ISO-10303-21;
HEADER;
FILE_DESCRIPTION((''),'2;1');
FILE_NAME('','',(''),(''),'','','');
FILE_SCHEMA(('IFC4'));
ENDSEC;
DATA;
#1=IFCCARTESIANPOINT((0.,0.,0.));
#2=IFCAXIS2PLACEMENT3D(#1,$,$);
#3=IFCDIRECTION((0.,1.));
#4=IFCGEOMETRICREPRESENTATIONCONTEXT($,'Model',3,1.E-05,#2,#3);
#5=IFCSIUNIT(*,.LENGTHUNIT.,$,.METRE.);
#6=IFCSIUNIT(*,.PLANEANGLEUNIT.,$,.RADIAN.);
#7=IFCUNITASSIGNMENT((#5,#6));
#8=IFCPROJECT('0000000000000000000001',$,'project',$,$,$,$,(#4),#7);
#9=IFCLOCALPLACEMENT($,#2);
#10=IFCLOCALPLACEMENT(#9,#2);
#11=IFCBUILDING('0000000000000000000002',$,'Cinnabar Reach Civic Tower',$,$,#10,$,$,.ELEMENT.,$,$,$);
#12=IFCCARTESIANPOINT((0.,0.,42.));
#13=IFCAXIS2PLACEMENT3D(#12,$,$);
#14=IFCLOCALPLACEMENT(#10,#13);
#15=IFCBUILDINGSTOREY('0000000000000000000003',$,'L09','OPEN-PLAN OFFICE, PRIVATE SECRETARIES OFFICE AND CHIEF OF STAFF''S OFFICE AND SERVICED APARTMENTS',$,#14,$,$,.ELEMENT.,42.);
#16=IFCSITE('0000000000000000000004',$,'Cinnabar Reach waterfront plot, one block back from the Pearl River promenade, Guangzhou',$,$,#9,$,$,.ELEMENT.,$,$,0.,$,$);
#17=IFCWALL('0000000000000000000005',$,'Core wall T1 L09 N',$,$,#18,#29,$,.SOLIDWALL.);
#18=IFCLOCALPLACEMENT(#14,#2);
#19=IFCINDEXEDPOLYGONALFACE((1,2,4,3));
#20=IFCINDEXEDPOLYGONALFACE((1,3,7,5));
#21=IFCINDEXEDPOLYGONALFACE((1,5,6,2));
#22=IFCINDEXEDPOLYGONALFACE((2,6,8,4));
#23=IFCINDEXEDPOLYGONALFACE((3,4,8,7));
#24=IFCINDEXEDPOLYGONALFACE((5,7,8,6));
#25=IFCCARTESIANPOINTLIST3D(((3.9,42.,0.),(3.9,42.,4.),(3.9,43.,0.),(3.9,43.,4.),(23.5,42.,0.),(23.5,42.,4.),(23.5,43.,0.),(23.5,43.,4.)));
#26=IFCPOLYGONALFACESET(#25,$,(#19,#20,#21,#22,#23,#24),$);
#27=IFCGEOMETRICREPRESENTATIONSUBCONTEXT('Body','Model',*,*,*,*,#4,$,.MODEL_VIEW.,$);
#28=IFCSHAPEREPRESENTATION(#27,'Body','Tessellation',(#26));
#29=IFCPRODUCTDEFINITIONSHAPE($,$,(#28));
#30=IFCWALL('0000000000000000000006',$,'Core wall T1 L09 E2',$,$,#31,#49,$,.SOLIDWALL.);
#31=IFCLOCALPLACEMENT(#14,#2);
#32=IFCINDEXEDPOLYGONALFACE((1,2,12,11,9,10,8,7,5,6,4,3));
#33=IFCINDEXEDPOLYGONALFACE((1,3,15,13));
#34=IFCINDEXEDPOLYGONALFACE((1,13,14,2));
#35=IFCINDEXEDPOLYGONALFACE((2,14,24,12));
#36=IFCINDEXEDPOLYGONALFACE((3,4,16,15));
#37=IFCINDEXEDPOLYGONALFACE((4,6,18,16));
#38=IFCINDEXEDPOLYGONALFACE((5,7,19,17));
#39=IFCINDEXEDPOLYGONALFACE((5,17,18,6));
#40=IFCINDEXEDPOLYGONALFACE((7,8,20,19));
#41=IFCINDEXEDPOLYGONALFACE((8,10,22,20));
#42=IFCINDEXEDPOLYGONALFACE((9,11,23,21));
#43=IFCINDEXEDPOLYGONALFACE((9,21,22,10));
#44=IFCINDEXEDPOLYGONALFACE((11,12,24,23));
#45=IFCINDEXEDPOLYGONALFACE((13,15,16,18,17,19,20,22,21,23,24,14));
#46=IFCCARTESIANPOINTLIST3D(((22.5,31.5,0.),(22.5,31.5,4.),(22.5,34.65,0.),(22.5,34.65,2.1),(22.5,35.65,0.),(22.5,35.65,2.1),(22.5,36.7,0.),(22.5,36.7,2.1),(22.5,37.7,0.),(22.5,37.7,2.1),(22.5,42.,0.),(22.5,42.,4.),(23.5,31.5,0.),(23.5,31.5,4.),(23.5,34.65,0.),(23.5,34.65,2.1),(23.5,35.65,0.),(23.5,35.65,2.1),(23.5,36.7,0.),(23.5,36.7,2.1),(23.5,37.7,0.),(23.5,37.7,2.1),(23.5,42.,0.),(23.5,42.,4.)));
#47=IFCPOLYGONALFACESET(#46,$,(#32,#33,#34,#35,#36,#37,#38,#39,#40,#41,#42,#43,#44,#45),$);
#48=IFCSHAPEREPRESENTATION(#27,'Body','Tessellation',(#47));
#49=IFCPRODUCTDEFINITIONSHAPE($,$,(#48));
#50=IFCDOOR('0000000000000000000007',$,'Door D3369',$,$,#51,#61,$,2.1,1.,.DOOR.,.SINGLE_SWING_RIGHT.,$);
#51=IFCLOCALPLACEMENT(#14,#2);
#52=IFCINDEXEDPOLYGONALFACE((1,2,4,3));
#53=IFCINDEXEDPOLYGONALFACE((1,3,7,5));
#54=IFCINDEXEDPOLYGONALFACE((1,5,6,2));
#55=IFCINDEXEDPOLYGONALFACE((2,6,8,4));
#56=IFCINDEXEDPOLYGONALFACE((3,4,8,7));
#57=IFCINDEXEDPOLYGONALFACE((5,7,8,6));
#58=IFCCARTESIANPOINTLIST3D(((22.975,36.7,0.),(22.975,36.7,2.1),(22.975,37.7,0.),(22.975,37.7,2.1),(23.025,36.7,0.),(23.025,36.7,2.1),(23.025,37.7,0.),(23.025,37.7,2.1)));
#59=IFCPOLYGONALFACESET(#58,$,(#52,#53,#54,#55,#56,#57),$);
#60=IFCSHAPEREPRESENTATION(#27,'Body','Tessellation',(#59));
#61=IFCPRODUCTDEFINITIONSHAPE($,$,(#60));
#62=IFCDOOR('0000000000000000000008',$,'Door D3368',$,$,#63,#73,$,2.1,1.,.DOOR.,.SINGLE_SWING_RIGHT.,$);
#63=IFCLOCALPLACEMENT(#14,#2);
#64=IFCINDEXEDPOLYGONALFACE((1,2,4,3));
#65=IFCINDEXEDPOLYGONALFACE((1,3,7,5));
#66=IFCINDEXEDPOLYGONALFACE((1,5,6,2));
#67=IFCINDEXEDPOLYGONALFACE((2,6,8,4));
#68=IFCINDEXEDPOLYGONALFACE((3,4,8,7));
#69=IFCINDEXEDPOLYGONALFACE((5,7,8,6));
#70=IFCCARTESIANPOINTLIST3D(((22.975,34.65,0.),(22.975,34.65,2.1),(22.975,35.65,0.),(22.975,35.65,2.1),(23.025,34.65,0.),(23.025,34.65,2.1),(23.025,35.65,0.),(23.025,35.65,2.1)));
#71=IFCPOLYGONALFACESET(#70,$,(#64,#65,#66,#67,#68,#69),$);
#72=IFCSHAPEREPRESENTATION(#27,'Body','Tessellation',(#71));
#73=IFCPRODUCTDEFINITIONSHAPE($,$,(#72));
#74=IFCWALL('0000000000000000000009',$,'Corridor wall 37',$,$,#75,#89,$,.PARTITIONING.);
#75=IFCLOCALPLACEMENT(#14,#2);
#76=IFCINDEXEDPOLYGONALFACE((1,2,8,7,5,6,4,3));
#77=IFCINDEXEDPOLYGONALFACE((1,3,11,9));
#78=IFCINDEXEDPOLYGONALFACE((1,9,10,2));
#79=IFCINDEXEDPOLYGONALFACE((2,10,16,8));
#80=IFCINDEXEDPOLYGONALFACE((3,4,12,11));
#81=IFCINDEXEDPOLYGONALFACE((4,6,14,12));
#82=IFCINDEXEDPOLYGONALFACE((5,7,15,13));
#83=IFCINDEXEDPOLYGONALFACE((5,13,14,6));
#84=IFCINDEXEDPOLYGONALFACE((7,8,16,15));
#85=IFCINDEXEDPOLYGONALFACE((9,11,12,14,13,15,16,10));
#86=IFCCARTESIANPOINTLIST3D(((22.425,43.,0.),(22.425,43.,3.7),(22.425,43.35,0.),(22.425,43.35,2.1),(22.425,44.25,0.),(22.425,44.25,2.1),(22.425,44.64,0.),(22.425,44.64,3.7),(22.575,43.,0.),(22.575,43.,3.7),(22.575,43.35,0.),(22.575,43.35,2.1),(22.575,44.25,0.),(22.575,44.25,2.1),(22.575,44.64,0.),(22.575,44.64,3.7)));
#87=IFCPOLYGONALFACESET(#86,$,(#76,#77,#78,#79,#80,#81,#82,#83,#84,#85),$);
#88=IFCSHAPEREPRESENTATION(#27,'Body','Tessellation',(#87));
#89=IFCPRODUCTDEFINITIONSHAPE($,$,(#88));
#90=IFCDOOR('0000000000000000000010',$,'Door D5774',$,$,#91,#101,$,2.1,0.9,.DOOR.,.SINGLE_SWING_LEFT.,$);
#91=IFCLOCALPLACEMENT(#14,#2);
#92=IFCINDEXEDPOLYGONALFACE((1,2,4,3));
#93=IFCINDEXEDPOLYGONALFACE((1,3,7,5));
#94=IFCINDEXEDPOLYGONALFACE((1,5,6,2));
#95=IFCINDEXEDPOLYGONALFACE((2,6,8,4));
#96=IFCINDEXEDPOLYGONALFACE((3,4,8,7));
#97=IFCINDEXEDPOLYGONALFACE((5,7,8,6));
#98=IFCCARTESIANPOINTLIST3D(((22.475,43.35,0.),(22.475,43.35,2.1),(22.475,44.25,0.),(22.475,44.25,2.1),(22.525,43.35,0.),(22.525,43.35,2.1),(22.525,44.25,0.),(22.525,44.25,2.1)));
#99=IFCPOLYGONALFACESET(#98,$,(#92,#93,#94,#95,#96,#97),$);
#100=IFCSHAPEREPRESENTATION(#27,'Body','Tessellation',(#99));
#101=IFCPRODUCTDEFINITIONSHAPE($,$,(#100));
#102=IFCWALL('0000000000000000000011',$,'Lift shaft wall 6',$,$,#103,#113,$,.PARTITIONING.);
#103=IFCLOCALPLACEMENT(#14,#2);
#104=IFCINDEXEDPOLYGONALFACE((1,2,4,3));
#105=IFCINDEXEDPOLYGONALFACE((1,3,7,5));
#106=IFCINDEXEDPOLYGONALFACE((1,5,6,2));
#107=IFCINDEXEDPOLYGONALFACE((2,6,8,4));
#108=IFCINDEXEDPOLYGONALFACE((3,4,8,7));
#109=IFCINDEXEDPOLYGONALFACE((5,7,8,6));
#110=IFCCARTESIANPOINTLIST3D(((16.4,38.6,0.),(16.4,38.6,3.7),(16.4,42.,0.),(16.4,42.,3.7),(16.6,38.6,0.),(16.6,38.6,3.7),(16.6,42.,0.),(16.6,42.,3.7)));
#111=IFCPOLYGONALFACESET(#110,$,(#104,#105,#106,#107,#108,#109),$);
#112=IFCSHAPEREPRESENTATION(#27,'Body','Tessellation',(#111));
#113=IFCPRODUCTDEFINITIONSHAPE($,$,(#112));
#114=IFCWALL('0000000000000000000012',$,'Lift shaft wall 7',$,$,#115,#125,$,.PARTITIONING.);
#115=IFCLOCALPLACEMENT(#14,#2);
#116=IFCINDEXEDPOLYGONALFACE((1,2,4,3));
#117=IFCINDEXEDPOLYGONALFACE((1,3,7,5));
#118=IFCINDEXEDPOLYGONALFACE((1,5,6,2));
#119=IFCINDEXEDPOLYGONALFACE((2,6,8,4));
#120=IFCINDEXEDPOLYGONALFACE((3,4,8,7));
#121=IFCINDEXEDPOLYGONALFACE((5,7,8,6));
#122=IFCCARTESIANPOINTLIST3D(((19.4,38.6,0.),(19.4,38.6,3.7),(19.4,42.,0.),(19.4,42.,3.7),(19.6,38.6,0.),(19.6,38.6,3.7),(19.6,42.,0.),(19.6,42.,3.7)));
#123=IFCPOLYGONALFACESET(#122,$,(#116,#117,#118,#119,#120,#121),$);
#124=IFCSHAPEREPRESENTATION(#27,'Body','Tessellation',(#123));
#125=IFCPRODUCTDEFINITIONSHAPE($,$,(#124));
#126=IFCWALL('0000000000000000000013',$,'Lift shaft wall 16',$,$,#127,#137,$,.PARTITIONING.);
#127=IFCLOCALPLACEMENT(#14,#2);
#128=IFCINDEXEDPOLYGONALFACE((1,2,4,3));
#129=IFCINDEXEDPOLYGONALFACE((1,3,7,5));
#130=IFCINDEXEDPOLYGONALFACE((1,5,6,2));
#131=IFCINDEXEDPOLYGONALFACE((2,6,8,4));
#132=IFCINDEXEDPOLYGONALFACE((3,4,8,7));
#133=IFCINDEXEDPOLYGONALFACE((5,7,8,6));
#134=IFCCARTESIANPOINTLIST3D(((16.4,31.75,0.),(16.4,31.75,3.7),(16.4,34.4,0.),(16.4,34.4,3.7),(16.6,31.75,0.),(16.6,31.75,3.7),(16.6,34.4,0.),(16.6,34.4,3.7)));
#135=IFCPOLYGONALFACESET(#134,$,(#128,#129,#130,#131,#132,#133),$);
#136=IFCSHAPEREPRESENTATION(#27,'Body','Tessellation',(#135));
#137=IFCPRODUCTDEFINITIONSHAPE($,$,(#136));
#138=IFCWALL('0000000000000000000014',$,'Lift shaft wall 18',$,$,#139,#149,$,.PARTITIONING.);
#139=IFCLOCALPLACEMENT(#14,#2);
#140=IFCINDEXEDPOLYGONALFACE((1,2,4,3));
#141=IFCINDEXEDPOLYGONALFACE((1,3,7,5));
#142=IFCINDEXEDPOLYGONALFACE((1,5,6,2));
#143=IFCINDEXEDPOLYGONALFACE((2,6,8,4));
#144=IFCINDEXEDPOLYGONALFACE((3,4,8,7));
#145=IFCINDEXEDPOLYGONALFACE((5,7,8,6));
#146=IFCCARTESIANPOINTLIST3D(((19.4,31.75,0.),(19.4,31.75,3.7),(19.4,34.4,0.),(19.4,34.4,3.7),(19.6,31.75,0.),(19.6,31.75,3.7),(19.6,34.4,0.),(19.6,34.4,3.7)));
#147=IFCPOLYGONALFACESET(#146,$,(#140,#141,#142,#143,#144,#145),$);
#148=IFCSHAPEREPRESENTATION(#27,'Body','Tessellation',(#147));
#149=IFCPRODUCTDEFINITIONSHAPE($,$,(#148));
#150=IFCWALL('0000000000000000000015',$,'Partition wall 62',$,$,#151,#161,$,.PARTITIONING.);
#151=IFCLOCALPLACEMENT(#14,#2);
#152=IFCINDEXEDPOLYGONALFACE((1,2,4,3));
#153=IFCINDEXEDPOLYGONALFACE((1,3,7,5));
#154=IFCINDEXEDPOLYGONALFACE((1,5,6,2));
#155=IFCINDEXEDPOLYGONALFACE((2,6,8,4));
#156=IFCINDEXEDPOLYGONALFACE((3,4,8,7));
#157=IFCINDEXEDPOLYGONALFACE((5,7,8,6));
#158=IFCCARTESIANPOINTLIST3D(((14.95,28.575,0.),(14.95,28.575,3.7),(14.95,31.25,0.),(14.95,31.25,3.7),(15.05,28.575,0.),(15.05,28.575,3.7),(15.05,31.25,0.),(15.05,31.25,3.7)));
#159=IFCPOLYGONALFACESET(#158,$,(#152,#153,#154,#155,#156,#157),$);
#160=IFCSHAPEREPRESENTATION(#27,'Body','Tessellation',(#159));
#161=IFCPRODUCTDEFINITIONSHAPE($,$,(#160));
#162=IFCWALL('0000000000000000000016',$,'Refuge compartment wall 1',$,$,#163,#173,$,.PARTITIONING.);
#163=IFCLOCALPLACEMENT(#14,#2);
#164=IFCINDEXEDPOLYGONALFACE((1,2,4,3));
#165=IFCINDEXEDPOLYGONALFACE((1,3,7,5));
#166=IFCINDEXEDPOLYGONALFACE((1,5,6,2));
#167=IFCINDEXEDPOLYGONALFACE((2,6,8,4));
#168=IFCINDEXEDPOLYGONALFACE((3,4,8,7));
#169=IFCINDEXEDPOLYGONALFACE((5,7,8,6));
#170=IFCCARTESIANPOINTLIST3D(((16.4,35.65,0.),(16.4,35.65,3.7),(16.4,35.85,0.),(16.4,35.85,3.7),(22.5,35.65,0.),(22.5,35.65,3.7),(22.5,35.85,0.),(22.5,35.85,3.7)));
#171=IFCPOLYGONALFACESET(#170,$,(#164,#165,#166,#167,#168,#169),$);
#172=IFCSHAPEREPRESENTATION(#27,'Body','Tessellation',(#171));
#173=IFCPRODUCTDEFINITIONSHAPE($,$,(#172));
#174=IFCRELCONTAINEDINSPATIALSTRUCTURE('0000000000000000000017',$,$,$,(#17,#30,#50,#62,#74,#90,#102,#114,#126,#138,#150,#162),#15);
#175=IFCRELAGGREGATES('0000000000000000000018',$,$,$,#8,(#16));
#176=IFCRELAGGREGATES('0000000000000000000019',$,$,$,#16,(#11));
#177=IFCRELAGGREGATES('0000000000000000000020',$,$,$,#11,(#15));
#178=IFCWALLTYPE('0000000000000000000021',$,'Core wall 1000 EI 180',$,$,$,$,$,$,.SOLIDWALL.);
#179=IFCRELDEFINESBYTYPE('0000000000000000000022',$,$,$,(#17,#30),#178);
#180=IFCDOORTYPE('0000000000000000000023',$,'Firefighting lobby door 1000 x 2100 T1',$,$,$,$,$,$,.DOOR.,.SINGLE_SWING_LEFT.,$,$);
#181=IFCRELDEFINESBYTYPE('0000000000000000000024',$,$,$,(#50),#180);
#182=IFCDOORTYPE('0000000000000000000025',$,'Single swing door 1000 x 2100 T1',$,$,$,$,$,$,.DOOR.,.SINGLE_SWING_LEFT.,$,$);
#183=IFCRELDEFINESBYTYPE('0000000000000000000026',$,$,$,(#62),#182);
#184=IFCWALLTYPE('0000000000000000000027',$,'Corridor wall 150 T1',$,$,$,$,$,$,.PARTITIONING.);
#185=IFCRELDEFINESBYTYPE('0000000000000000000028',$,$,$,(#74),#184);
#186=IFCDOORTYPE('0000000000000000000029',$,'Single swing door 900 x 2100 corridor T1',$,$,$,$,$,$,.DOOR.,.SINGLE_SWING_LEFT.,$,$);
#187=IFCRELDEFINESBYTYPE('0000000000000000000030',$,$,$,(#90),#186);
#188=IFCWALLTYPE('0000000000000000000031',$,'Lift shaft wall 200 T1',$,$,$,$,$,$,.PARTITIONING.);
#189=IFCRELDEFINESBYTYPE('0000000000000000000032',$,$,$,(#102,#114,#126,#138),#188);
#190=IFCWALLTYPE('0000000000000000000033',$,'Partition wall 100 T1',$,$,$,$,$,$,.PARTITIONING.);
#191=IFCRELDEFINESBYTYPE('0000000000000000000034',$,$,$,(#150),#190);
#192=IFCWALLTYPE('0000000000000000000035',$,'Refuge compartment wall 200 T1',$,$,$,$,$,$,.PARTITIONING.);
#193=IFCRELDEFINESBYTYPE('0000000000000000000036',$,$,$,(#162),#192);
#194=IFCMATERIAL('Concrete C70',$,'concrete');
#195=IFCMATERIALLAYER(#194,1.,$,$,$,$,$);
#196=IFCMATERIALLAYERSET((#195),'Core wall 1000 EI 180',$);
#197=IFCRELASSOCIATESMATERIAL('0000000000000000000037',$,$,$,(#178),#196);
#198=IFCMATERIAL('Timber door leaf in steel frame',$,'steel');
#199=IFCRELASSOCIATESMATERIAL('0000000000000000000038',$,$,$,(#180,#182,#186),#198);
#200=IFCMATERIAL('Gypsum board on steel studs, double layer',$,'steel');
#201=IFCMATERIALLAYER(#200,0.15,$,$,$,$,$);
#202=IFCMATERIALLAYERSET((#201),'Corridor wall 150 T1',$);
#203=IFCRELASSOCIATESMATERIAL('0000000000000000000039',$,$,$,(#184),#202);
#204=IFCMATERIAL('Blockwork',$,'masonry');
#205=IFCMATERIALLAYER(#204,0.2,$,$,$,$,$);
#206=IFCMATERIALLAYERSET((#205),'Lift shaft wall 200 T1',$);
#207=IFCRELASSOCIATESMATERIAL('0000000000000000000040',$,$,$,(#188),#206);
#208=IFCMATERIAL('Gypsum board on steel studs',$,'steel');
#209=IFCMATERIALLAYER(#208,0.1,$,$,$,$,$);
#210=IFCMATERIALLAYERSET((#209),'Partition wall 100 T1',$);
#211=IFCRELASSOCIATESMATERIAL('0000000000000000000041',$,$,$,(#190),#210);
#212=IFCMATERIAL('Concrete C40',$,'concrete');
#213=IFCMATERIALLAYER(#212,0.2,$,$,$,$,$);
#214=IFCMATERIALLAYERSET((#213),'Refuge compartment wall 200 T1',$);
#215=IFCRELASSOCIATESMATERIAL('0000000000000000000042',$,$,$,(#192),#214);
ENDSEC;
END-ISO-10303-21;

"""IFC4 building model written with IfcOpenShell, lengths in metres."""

from ifc_helpers import new_model, si_unit, direction, frame, frame_2d, origin, place, context, subcontext, project, spatial, rectangle, extrude, material, layer, layer_set, type_object, element, fill, save


model = new_model("IFC4")

# Units and contexts
model_context = context("Model", 3, precision=1e-05, world=origin(), true_north=direction((0.0, 1.0)))
body_context = subcontext(model_context, "Body", "Model", "MODEL_VIEW")
ifc_project = project(units=[si_unit("LENGTHUNIT", "METRE"), si_unit("PLANEANGLEUNIT", "RADIAN")], contexts=[model_context])

# Site, building, storey
site_placement = place(None, origin())
site = spatial("IfcSite", under=ifc_project, at=site_placement, Name="Cinnabar Reach waterfront plot, one block back from the Pearl River promenade, Guangzhou", CompositionType="ELEMENT", RefElevation=0.0)
building_placement = place(site_placement, origin())
building = spatial("IfcBuilding", under=site, at=building_placement, Name="Cinnabar Reach Civic Tower", CompositionType="ELEMENT")
storey_placement = place(building_placement, frame((0.0, 0.0, 42.0)))
storey = spatial("IfcBuildingStorey", under=building, at=storey_placement, Name="L09", Description="OPEN-PLAN OFFICE, PRIVATE SECRETARIES OFFICE AND CHIEF OF STAFF'S OFFICE AND SERVICED APARTMENTS", CompositionType="ELEMENT", Elevation=42.0)

# Shared definitions
ifc_material_1 = material(Name="Concrete C70", Category="concrete")

# Wall
ifc_layer_1 = layer(ifc_material_1, 1.0)
ifc_layer_set_1 = layer_set([ifc_layer_1], Name="Core wall 1000 EI 180")
wall_type_1 = type_object("IfcWallType", Name="Core wall 1000 EI 180", PredefinedType="SOLIDWALL", material=ifc_layer_set_1)
wall_1_placement = place(storey_placement, frame((23.5, 42.5, 0.0), z_axis=(0.0, 0.0, 1.0), x_axis=(-1.0, 0.0, 0.0)))
element("IfcWall", 1, at=wall_1_placement, inside=storey, type_object=wall_type_1, Name="Core wall T1 L09 N", PredefinedType="SOLIDWALL", context=body_context, shape_type="SweptSolid", body=[
    extrude(rectangle(XDim=19.6, YDim=1.0, at=frame_2d((9.8, 0.0))), origin(), (0.0, 0.0, 1.0), 4.0),
])

# Wall, openings, doors
wall_2_placement = place(storey_placement, frame((23.0, 31.5, 0.0), z_axis=(0.0, 0.0, 1.0), x_axis=(0.0, 1.0, 0.0)))
wall_2 = element("IfcWall", 2, at=wall_2_placement, inside=storey, type_object=wall_type_1, Name="Core wall T1 L09 E2", PredefinedType="SOLIDWALL", context=body_context, shape_type="SweptSolid", body=[
    extrude(rectangle(XDim=10.5, YDim=1.0, at=frame_2d((5.25, 0.0))), origin(), (0.0, 0.0, 1.0), 4.0),
])
opening_1_placement = place(wall_2_placement, frame((3.15, 0.0, 0.0)))
opening_1 = element("IfcOpeningElement", 3, at=opening_1_placement, cuts=wall_2, PredefinedType="OPENING", context=body_context, shape_type="SweptSolid", body=[
    extrude(rectangle(XDim=1.0, YDim=2.1, at=frame_2d((0.5, 1.05))), frame((0.0, 0.51, 0.0), z_axis=(0.0, -1.0, 0.0), x_axis=(1.0, 0.0, 0.0)), (0.0, 0.0, 1.0), 1.02),
])
opening_2_placement = place(wall_2_placement, frame((5.2, 0.0, 0.0)))
opening_2 = element("IfcOpeningElement", 4, at=opening_2_placement, cuts=wall_2, PredefinedType="OPENING", context=body_context, shape_type="SweptSolid", body=[
    extrude(rectangle(XDim=1.0, YDim=2.1, at=frame_2d((0.5, 1.05))), frame((0.0, 0.51, 0.0), z_axis=(0.0, -1.0, 0.0), x_axis=(1.0, 0.0, 0.0)), (0.0, 0.0, 1.0), 1.02),
])
ifc_material_2 = material(Name="Timber door leaf in steel frame", Category="steel")
door_type_1 = type_object("IfcDoorType", Name="Firefighting lobby door 1000 x 2100 T1", OperationType="SINGLE_SWING_LEFT", PredefinedType="DOOR", material=ifc_material_2)
door_1_placement = place(opening_2_placement, origin())
door_1 = element("IfcDoor", 5, at=door_1_placement, inside=storey, type_object=door_type_1, Name="Door D3369", OperationType="SINGLE_SWING_RIGHT", OverallHeight=2.1, OverallWidth=1.0, PredefinedType="DOOR", context=body_context, shape_type="SweptSolid", body=[
    extrude(rectangle(XDim=1.0, YDim=2.1, at=frame_2d((0.5, 1.05))), frame((0.0, 0.025, 0.0), z_axis=(0.0, -1.0, 0.0), x_axis=(1.0, 0.0, 0.0)), (0.0, 0.0, 1.0), 0.05),
])
fill(opening_2, door_1)
door_type_2 = type_object("IfcDoorType", Name="Single swing door 1000 x 2100 T1", OperationType="SINGLE_SWING_LEFT", PredefinedType="DOOR", material=ifc_material_2)
door_2_placement = place(opening_1_placement, origin())
door_2 = element("IfcDoor", 6, at=door_2_placement, inside=storey, type_object=door_type_2, Name="Door D3368", OperationType="SINGLE_SWING_RIGHT", OverallHeight=2.1, OverallWidth=1.0, PredefinedType="DOOR", context=body_context, shape_type="SweptSolid", body=[
    extrude(rectangle(XDim=1.0, YDim=2.1, at=frame_2d((0.5, 1.05))), frame((0.0, 0.025, 0.0), z_axis=(0.0, -1.0, 0.0), x_axis=(1.0, 0.0, 0.0)), (0.0, 0.0, 1.0), 0.05),
])
fill(opening_1, door_2)

# Wall, opening, door
ifc_material_3 = material(Name="Gypsum board on steel studs, double layer", Category="steel")
ifc_layer_2 = layer(ifc_material_3, 0.15)
ifc_layer_set_2 = layer_set([ifc_layer_2], Name="Corridor wall 150 T1")
wall_type_2 = type_object("IfcWallType", Name="Corridor wall 150 T1", PredefinedType="PARTITIONING", material=ifc_layer_set_2)
wall_3_placement = place(storey_placement, frame((22.5, 43.0, 0.0), z_axis=(0.0, 0.0, 1.0), x_axis=(0.0, 1.0, 0.0)))
wall_3 = element("IfcWall", 7, at=wall_3_placement, inside=storey, type_object=wall_type_2, Name="Corridor wall 37", PredefinedType="PARTITIONING", context=body_context, shape_type="SweptSolid", body=[
    extrude(rectangle(XDim=1.64, YDim=0.15, at=frame_2d((0.82, 0.0))), origin(), (0.0, 0.0, 1.0), 3.7),
])
opening_3_placement = place(wall_3_placement, frame((0.35, 0.0, 0.0)))
opening_3 = element("IfcOpeningElement", 8, at=opening_3_placement, cuts=wall_3, PredefinedType="OPENING", context=body_context, shape_type="SweptSolid", body=[
    extrude(rectangle(XDim=0.9, YDim=2.1, at=frame_2d((0.45, 1.05))), frame((0.0, 0.085, 0.0), z_axis=(0.0, -1.0, 0.0), x_axis=(1.0, 0.0, 0.0)), (0.0, 0.0, 1.0), 0.17),
])
door_type_3 = type_object("IfcDoorType", Name="Single swing door 900 x 2100 corridor T1", OperationType="SINGLE_SWING_LEFT", PredefinedType="DOOR", material=ifc_material_2)
door_3_placement = place(opening_3_placement, origin())
door_3 = element("IfcDoor", 9, at=door_3_placement, inside=storey, type_object=door_type_3, Name="Door D5774", OperationType="SINGLE_SWING_LEFT", OverallHeight=2.1, OverallWidth=0.9, PredefinedType="DOOR", context=body_context, shape_type="SweptSolid", body=[
    extrude(rectangle(XDim=0.9, YDim=2.1, at=frame_2d((0.45, 1.05))), frame((0.0, 0.025, 0.0), z_axis=(0.0, -1.0, 0.0), x_axis=(1.0, 0.0, 0.0)), (0.0, 0.0, 1.0), 0.05),
])
fill(opening_3, door_3)

# Walls
ifc_material_4 = material(Name="Blockwork", Category="masonry")
ifc_layer_3 = layer(ifc_material_4, 0.2)
ifc_layer_set_3 = layer_set([ifc_layer_3], Name="Lift shaft wall 200 T1")
wall_type_3 = type_object("IfcWallType", Name="Lift shaft wall 200 T1", PredefinedType="PARTITIONING", material=ifc_layer_set_3)
for number, where, z_axis, x_axis, name in (
    (10, (16.5, 38.6, 0.0), (0.0, 0.0, 1.0), (0.0, 1.0, 0.0), "Lift shaft wall 6"),
    (11, (19.5, 38.6, 0.0), (0.0, 0.0, 1.0), (0.0, 1.0, 0.0), "Lift shaft wall 7"),
):
    element("IfcWall", number, at=place(storey_placement, frame(where, z_axis=z_axis, x_axis=x_axis)), inside=storey, type_object=wall_type_3, Name=name, PredefinedType="PARTITIONING", context=body_context, shape_type="SweptSolid", body=[
        extrude(rectangle(XDim=3.4, YDim=0.2, at=frame_2d((1.7, 0.0))), origin(), (0.0, 0.0, 1.0), 3.7),
    ])
for number, where, z_axis, x_axis, name in (
    (12, (16.5, 31.75, 0.0), (0.0, 0.0, 1.0), (0.0, 1.0, 0.0), "Lift shaft wall 16"),
    (13, (19.5, 31.75, 0.0), (0.0, 0.0, 1.0), (0.0, 1.0, 0.0), "Lift shaft wall 18"),
):
    element("IfcWall", number, at=place(storey_placement, frame(where, z_axis=z_axis, x_axis=x_axis)), inside=storey, type_object=wall_type_3, Name=name, PredefinedType="PARTITIONING", context=body_context, shape_type="SweptSolid", body=[
        extrude(rectangle(XDim=2.65, YDim=0.2, at=frame_2d((1.325, 0.0))), origin(), (0.0, 0.0, 1.0), 3.7),
    ])
ifc_material_5 = material(Name="Gypsum board on steel studs", Category="steel")
ifc_layer_4 = layer(ifc_material_5, 0.1)
ifc_layer_set_4 = layer_set([ifc_layer_4], Name="Partition wall 100 T1")
wall_type_4 = type_object("IfcWallType", Name="Partition wall 100 T1", PredefinedType="PARTITIONING", material=ifc_layer_set_4)
wall_4_placement = place(storey_placement, frame((15.0, 28.575, 0.0), z_axis=(0.0, 0.0, 1.0), x_axis=(0.0, 1.0, 0.0)))
element("IfcWall", 14, at=wall_4_placement, inside=storey, type_object=wall_type_4, Name="Partition wall 62", PredefinedType="PARTITIONING", context=body_context, shape_type="SweptSolid", body=[
    extrude(rectangle(XDim=2.675, YDim=0.1, at=frame_2d((1.3375, 0.0))), origin(), (0.0, 0.0, 1.0), 3.7),
])
ifc_material_6 = material(Name="Concrete C40", Category="concrete")
ifc_layer_5 = layer(ifc_material_6, 0.2)
ifc_layer_set_5 = layer_set([ifc_layer_5], Name="Refuge compartment wall 200 T1")
wall_type_5 = type_object("IfcWallType", Name="Refuge compartment wall 200 T1", PredefinedType="PARTITIONING", material=ifc_layer_set_5)
wall_5_placement = place(storey_placement, frame((16.4, 35.75, 0.0), z_axis=(0.0, 0.0, 1.0), x_axis=(1.0, 0.0, 0.0)))
element("IfcWall", 15, at=wall_5_placement, inside=storey, type_object=wall_type_5, Name="Refuge compartment wall 1", PredefinedType="PARTITIONING", context=body_context, shape_type="SweptSolid", body=[
    extrude(rectangle(XDim=6.1, YDim=0.2, at=frame_2d((3.05, 0.0))), origin(), (0.0, 0.0, 1.0), 3.7),
])

save(model, "model.ifc")
